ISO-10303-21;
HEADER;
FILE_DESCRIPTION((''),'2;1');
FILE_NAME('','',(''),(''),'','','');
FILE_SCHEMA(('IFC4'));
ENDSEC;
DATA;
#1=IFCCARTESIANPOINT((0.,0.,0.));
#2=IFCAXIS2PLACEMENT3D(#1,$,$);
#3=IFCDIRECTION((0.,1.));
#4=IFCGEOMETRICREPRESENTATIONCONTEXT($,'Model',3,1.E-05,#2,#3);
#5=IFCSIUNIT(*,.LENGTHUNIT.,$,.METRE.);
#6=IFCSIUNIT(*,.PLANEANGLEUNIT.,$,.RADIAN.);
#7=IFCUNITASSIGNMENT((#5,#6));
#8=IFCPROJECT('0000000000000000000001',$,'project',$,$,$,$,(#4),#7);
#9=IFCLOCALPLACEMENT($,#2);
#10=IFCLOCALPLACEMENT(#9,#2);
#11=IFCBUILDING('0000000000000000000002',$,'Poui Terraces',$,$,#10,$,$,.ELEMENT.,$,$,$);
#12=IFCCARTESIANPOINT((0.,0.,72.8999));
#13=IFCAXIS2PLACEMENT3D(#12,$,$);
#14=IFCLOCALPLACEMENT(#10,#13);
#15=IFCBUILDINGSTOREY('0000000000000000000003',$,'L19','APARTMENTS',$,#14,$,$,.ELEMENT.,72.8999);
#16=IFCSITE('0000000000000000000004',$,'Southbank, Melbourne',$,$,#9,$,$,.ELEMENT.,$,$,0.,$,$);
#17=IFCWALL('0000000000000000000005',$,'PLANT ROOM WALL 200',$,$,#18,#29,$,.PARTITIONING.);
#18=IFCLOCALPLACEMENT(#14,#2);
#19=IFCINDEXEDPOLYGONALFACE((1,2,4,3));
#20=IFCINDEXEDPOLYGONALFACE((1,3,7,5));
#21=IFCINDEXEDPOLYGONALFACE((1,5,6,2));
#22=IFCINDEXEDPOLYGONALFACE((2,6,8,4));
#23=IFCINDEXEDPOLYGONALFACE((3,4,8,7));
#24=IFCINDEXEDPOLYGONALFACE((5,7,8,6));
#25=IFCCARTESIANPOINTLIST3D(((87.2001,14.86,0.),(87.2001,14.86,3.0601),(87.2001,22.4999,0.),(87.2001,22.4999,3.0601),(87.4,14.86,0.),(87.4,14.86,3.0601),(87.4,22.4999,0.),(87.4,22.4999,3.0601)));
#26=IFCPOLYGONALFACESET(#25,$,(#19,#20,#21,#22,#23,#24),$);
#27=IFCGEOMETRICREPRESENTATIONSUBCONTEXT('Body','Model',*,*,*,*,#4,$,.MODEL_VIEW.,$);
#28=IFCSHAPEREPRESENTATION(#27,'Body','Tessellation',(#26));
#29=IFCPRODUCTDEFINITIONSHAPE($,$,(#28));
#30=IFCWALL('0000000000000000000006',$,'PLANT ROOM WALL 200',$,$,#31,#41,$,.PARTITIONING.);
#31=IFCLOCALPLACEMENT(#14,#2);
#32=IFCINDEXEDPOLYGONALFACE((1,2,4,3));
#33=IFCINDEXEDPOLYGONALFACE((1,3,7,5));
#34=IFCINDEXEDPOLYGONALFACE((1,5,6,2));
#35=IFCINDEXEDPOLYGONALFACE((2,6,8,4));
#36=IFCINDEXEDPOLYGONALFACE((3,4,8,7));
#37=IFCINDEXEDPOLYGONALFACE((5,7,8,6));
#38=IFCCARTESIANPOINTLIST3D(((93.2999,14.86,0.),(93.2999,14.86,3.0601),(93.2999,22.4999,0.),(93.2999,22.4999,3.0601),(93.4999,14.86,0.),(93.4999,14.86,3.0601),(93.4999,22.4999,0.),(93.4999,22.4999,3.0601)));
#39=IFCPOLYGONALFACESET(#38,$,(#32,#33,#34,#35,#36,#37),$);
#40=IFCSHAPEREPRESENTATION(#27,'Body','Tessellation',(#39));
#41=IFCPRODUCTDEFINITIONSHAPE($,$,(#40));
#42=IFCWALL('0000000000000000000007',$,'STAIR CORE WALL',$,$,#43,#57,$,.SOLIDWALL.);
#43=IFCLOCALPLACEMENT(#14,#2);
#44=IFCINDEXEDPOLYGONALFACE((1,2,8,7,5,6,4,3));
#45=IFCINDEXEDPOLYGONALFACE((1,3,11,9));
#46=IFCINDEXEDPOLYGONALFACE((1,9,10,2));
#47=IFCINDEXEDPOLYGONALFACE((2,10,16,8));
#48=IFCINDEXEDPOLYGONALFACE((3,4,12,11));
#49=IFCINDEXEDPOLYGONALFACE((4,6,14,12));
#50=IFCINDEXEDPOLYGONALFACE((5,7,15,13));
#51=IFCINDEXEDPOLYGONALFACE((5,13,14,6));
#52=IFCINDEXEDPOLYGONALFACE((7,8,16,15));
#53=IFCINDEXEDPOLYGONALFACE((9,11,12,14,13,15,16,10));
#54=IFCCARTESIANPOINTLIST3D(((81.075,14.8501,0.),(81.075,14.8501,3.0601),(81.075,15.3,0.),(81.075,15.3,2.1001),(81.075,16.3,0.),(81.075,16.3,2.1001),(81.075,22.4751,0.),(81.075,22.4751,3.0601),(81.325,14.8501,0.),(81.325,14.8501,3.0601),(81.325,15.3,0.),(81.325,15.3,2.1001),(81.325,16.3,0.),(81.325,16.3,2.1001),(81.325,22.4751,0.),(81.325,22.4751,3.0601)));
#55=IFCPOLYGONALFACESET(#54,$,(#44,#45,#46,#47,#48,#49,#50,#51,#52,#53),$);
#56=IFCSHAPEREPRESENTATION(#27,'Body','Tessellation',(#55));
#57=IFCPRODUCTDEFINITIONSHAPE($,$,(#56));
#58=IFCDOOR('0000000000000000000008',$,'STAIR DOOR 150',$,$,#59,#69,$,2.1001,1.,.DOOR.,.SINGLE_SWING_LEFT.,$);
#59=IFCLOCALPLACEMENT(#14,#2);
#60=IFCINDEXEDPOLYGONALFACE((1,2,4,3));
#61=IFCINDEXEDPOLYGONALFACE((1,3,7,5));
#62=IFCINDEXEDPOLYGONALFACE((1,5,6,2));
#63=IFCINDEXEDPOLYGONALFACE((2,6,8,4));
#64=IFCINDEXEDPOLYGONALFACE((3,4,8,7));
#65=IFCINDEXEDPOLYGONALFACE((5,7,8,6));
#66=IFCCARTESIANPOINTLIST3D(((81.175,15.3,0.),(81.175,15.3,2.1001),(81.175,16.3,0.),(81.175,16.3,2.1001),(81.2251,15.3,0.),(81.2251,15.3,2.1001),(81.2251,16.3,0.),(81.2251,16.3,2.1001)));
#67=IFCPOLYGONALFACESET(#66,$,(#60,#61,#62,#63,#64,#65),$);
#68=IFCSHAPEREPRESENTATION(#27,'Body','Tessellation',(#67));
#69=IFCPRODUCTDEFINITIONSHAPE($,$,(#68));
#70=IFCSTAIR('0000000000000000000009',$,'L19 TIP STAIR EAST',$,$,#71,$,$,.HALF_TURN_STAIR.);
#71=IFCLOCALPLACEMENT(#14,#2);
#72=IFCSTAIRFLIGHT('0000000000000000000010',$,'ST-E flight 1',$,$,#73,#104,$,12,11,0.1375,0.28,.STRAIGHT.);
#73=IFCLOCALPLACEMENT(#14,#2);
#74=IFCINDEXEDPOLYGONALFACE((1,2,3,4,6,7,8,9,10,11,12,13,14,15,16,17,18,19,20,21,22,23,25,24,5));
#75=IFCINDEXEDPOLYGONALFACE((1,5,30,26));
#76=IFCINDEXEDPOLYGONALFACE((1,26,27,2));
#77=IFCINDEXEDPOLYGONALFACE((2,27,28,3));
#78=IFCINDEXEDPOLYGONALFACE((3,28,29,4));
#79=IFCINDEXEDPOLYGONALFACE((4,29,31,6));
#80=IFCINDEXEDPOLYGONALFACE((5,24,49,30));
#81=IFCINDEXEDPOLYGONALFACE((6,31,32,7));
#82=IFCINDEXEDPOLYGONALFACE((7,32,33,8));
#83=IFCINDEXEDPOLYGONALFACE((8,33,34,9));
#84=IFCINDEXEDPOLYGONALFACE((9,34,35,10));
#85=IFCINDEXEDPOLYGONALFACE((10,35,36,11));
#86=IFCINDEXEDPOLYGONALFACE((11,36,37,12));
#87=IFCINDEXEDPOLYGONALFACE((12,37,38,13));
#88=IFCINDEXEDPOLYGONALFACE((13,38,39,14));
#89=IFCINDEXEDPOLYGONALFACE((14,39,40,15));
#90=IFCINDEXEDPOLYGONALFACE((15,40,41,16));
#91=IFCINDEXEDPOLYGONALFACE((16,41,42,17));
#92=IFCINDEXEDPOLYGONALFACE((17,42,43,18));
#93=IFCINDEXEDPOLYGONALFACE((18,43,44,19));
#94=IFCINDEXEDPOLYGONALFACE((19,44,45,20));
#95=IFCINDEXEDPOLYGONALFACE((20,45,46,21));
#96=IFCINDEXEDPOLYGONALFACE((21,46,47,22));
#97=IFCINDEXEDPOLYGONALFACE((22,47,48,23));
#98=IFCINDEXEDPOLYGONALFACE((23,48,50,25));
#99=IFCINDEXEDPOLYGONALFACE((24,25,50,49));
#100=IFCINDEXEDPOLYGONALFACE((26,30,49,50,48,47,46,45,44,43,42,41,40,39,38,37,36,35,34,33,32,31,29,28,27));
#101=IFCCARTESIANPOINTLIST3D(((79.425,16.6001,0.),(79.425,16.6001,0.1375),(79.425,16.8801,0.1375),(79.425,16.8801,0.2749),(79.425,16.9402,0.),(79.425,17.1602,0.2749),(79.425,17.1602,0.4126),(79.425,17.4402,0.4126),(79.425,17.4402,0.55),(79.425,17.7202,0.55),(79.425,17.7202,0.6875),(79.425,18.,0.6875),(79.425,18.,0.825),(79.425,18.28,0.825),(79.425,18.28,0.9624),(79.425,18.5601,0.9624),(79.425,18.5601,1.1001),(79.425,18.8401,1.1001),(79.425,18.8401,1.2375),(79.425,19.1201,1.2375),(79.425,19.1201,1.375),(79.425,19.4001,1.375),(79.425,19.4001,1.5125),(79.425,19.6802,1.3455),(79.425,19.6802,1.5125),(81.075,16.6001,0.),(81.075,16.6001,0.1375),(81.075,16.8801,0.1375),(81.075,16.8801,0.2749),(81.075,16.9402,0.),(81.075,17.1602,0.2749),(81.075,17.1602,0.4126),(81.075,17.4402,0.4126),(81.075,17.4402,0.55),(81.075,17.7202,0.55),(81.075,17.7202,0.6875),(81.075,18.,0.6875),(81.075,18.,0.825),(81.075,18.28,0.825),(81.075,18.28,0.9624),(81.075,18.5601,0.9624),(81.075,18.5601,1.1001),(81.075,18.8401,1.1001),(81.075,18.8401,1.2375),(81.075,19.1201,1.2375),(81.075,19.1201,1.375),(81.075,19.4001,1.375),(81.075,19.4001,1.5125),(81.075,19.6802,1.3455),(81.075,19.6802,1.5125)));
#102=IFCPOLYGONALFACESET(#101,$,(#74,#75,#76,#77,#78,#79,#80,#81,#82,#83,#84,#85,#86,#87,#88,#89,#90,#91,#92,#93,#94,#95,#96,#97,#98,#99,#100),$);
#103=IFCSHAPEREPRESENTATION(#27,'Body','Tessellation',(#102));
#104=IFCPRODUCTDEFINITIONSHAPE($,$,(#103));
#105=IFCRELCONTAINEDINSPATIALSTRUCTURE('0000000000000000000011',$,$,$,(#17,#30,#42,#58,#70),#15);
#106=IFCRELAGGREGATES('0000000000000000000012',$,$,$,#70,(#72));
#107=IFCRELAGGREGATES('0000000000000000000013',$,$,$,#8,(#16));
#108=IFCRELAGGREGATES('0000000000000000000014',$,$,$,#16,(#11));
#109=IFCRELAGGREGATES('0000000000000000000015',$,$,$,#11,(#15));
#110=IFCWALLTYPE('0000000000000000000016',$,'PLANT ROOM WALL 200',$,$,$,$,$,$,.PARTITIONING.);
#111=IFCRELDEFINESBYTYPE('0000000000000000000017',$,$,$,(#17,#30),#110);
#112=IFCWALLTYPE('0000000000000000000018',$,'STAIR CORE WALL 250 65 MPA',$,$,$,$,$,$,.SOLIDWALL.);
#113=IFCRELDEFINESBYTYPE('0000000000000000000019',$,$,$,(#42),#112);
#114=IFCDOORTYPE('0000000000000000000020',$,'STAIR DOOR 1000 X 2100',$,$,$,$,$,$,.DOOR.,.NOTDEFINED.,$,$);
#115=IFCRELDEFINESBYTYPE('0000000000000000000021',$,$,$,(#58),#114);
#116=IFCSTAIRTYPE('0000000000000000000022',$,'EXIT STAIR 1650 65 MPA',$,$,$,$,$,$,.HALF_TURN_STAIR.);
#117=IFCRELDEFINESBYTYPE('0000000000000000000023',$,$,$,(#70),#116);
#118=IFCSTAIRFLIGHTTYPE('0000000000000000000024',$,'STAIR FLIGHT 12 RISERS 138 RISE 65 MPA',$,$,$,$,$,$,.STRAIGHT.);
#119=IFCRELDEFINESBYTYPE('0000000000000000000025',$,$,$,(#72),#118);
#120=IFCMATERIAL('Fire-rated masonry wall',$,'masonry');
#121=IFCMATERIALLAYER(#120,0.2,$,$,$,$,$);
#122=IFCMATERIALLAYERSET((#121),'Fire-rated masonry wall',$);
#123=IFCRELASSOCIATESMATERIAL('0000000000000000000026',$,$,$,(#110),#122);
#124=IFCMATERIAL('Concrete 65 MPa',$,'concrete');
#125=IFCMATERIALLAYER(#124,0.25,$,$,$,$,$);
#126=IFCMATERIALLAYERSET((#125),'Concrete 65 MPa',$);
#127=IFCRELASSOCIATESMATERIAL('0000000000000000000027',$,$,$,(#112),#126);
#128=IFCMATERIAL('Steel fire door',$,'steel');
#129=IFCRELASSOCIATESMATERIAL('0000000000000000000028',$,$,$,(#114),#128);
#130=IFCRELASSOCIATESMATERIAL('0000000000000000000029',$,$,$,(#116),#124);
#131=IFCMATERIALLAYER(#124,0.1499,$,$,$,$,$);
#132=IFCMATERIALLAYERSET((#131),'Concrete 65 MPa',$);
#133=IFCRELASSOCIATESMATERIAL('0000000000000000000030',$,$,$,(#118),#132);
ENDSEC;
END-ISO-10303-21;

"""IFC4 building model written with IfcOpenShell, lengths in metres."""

from ifc_helpers import new_model, si_unit, direction, frame, frame_2d, origin, place, context, subcontext, project, spatial, polyline, rectangle, outline, extrude, material, layer, layer_set, type_object, element, fill, aggregate, save


model = new_model("IFC4")

# Units and contexts
model_context = context("Model", 3, precision=1e-05, world=origin(), true_north=direction((0.0, 1.0)))
body_context = subcontext(model_context, "Body", "Model", "MODEL_VIEW")
ifc_project = project(units=[si_unit("LENGTHUNIT", "METRE"), si_unit("PLANEANGLEUNIT", "RADIAN")], contexts=[model_context])

# Site, building, storey
site_placement = place(None, origin())
site = spatial("IfcSite", under=ifc_project, at=site_placement, Name="Southbank, Melbourne", CompositionType="ELEMENT", RefElevation=0.0)
building_placement = place(site_placement, origin())
building = spatial("IfcBuilding", under=site, at=building_placement, Name="Poui Terraces", CompositionType="ELEMENT")
storey_placement = place(building_placement, frame((0.0, 0.0, 72.8999)))
storey = spatial("IfcBuildingStorey", under=building, at=storey_placement, Name="L19", Description="APARTMENTS", CompositionType="ELEMENT", Elevation=72.8999)

# Shared definitions
ifc_material_1 = material(Name="Concrete 65 MPa", Category="concrete")

# Shared definitions
ifc_material_2 = material(Name="Steel fire door", Category="steel")

# Walls
ifc_material_3 = material(Name="Fire-rated masonry wall", Category="masonry")
ifc_layer_1 = layer(ifc_material_3, 0.2)
ifc_layer_set_1 = layer_set([ifc_layer_1], Name="Fire-rated masonry wall")
wall_type_1 = type_object("IfcWallType", Name="PLANT ROOM WALL 200", PredefinedType="PARTITIONING", material=ifc_layer_set_1)
for number, where, z_axis, x_axis, name in (
    (1, (87.3, 14.8601, 0.0), (0.0, 0.0, 1.0), (0.0, 1.0, 0.0), "PLANT ROOM WALL 200"),
    (2, (93.3999, 14.8601, 0.0), (0.0, 0.0, 1.0), (0.0, 1.0, 0.0), "PLANT ROOM WALL 200"),
):
    element("IfcWall", number, at=place(storey_placement, frame(where, z_axis=z_axis, x_axis=x_axis)), inside=storey, type_object=wall_type_1, Name=name, PredefinedType="PARTITIONING", context=body_context, shape_type="SweptSolid", body=[
        extrude(rectangle(XDim=7.6399, YDim=0.2, at=frame_2d((3.8198, 0.0))), origin(), (0.0, 0.0, 1.0), 3.0601),
    ])

# Wall, opening, door
ifc_layer_2 = layer(ifc_material_1, 0.25)
ifc_layer_set_2 = layer_set([ifc_layer_2], Name="Concrete 65 MPa")
wall_type_2 = type_object("IfcWallType", Name="STAIR CORE WALL 250 65 MPA", PredefinedType="SOLIDWALL", material=ifc_layer_set_2)
wall_1_placement = place(storey_placement, frame((81.2, 14.8501, 0.0), z_axis=(0.0, 0.0, 1.0), x_axis=(0.0, 1.0, 0.0)))
wall_1 = element("IfcWall", 3, at=wall_1_placement, inside=storey, type_object=wall_type_2, Name="STAIR CORE WALL", PredefinedType="SOLIDWALL", context=body_context, shape_type="SweptSolid", body=[
    extrude(rectangle(XDim=7.625, YDim=0.25, at=frame_2d((3.8125, 0.0))), origin(), (0.0, 0.0, 1.0), 3.0601),
])
opening_1_placement = place(wall_1_placement, frame((0.45, 0.0, 0.0)))
opening_1 = element("IfcOpeningElement", 4, at=opening_1_placement, cuts=wall_1, PredefinedType="OPENING", context=body_context, shape_type="SweptSolid", body=[
    extrude(rectangle(XDim=1.0, YDim=2.1001, at=frame_2d((0.5, 1.05))), frame((0.0, 0.135, 0.0), z_axis=(0.0, -1.0, 0.0), x_axis=(1.0, 0.0, 0.0)), (0.0, 0.0, 1.0), 0.27),
])
door_type_1 = type_object("IfcDoorType", Name="STAIR DOOR 1000 X 2100", OperationType="NOTDEFINED", PredefinedType="DOOR", material=ifc_material_2)
door_1_placement = place(opening_1_placement, origin())
door_1 = element("IfcDoor", 5, at=door_1_placement, inside=storey, type_object=door_type_1, Name="STAIR DOOR 150", OperationType="SINGLE_SWING_LEFT", OverallHeight=2.1001, OverallWidth=1.0, PredefinedType="DOOR", context=body_context, shape_type="SweptSolid", body=[
    extrude(rectangle(XDim=1.0, YDim=2.1001, at=frame_2d((0.5, 1.05))), frame((0.0, 0.0249, 0.0), z_axis=(0.0, -1.0, 0.0), x_axis=(1.0, 0.0, 0.0)), (0.0, 0.0, 1.0), 0.05),
])
fill(opening_1, door_1)

# Stair, stair flight
stair_type = type_object("IfcStairType", Name="EXIT STAIR 1650 65 MPA", PredefinedType="HALF_TURN_STAIR", material=ifc_material_1)
stair_placement = place(storey_placement, origin())
stair = element("IfcStair", 6, at=stair_placement, inside=storey, type_object=stair_type, Name="L19 TIP STAIR EAST", PredefinedType="HALF_TURN_STAIR")
ifc_layer_3 = layer(ifc_material_1, 0.1499)
ifc_layer_set_3 = layer_set([ifc_layer_3], Name="Concrete 65 MPa")
stair_flight_type = type_object("IfcStairFlightType", Name="STAIR FLIGHT 12 RISERS 138 RISE 65 MPA", PredefinedType="STRAIGHT", material=ifc_layer_set_3)
stair_flight_placement = place(storey_placement, frame((80.25, 16.6001, 0.0), z_axis=(0.0, 0.0, 1.0), x_axis=(0.0, 1.0, 0.0)))
stair_flight = element("IfcStairFlight", 7, at=stair_flight_placement, type_object=stair_flight_type, Name="ST-E flight 1", NumberOfRisers=12, NumberOfTreads=11, PredefinedType="STRAIGHT", RiserHeight=0.1375, TreadLength=0.28, context=body_context, shape_type="SweptSolid", body=[
    extrude(outline(polyline([(0.0, 0.0), (0.0, 0.1375), (0.28, 0.1375), (0.28, 0.2749), (0.5601, 0.2749), (0.5601, 0.4126), (0.8401, 0.4126), (0.8401, 0.55), (1.1201, 0.55), (1.1201, 0.6875), (1.3999, 0.6875), (1.3999, 0.825), (1.6799, 0.825), (1.6799, 0.9624), (1.96, 0.9624), (1.96, 1.1001), (2.24, 1.1001), (2.24, 1.2375), (2.52, 1.2375), (2.52, 1.375), (2.8, 1.375), (2.8, 1.5125), (3.0801, 1.5125), (3.0801, 1.6499), (3.0801, 1.3455), (0.3401, 0.0), (0.0, 0.0)])), frame((0.0, 0.825, 0.0), z_axis=(0.0, -1.0, 0.0), x_axis=(1.0, 0.0, 0.0)), (0.0, 0.0, 1.0), 1.6499),
])
aggregate(stair, [stair_flight])

save(model, "model.ifc")
